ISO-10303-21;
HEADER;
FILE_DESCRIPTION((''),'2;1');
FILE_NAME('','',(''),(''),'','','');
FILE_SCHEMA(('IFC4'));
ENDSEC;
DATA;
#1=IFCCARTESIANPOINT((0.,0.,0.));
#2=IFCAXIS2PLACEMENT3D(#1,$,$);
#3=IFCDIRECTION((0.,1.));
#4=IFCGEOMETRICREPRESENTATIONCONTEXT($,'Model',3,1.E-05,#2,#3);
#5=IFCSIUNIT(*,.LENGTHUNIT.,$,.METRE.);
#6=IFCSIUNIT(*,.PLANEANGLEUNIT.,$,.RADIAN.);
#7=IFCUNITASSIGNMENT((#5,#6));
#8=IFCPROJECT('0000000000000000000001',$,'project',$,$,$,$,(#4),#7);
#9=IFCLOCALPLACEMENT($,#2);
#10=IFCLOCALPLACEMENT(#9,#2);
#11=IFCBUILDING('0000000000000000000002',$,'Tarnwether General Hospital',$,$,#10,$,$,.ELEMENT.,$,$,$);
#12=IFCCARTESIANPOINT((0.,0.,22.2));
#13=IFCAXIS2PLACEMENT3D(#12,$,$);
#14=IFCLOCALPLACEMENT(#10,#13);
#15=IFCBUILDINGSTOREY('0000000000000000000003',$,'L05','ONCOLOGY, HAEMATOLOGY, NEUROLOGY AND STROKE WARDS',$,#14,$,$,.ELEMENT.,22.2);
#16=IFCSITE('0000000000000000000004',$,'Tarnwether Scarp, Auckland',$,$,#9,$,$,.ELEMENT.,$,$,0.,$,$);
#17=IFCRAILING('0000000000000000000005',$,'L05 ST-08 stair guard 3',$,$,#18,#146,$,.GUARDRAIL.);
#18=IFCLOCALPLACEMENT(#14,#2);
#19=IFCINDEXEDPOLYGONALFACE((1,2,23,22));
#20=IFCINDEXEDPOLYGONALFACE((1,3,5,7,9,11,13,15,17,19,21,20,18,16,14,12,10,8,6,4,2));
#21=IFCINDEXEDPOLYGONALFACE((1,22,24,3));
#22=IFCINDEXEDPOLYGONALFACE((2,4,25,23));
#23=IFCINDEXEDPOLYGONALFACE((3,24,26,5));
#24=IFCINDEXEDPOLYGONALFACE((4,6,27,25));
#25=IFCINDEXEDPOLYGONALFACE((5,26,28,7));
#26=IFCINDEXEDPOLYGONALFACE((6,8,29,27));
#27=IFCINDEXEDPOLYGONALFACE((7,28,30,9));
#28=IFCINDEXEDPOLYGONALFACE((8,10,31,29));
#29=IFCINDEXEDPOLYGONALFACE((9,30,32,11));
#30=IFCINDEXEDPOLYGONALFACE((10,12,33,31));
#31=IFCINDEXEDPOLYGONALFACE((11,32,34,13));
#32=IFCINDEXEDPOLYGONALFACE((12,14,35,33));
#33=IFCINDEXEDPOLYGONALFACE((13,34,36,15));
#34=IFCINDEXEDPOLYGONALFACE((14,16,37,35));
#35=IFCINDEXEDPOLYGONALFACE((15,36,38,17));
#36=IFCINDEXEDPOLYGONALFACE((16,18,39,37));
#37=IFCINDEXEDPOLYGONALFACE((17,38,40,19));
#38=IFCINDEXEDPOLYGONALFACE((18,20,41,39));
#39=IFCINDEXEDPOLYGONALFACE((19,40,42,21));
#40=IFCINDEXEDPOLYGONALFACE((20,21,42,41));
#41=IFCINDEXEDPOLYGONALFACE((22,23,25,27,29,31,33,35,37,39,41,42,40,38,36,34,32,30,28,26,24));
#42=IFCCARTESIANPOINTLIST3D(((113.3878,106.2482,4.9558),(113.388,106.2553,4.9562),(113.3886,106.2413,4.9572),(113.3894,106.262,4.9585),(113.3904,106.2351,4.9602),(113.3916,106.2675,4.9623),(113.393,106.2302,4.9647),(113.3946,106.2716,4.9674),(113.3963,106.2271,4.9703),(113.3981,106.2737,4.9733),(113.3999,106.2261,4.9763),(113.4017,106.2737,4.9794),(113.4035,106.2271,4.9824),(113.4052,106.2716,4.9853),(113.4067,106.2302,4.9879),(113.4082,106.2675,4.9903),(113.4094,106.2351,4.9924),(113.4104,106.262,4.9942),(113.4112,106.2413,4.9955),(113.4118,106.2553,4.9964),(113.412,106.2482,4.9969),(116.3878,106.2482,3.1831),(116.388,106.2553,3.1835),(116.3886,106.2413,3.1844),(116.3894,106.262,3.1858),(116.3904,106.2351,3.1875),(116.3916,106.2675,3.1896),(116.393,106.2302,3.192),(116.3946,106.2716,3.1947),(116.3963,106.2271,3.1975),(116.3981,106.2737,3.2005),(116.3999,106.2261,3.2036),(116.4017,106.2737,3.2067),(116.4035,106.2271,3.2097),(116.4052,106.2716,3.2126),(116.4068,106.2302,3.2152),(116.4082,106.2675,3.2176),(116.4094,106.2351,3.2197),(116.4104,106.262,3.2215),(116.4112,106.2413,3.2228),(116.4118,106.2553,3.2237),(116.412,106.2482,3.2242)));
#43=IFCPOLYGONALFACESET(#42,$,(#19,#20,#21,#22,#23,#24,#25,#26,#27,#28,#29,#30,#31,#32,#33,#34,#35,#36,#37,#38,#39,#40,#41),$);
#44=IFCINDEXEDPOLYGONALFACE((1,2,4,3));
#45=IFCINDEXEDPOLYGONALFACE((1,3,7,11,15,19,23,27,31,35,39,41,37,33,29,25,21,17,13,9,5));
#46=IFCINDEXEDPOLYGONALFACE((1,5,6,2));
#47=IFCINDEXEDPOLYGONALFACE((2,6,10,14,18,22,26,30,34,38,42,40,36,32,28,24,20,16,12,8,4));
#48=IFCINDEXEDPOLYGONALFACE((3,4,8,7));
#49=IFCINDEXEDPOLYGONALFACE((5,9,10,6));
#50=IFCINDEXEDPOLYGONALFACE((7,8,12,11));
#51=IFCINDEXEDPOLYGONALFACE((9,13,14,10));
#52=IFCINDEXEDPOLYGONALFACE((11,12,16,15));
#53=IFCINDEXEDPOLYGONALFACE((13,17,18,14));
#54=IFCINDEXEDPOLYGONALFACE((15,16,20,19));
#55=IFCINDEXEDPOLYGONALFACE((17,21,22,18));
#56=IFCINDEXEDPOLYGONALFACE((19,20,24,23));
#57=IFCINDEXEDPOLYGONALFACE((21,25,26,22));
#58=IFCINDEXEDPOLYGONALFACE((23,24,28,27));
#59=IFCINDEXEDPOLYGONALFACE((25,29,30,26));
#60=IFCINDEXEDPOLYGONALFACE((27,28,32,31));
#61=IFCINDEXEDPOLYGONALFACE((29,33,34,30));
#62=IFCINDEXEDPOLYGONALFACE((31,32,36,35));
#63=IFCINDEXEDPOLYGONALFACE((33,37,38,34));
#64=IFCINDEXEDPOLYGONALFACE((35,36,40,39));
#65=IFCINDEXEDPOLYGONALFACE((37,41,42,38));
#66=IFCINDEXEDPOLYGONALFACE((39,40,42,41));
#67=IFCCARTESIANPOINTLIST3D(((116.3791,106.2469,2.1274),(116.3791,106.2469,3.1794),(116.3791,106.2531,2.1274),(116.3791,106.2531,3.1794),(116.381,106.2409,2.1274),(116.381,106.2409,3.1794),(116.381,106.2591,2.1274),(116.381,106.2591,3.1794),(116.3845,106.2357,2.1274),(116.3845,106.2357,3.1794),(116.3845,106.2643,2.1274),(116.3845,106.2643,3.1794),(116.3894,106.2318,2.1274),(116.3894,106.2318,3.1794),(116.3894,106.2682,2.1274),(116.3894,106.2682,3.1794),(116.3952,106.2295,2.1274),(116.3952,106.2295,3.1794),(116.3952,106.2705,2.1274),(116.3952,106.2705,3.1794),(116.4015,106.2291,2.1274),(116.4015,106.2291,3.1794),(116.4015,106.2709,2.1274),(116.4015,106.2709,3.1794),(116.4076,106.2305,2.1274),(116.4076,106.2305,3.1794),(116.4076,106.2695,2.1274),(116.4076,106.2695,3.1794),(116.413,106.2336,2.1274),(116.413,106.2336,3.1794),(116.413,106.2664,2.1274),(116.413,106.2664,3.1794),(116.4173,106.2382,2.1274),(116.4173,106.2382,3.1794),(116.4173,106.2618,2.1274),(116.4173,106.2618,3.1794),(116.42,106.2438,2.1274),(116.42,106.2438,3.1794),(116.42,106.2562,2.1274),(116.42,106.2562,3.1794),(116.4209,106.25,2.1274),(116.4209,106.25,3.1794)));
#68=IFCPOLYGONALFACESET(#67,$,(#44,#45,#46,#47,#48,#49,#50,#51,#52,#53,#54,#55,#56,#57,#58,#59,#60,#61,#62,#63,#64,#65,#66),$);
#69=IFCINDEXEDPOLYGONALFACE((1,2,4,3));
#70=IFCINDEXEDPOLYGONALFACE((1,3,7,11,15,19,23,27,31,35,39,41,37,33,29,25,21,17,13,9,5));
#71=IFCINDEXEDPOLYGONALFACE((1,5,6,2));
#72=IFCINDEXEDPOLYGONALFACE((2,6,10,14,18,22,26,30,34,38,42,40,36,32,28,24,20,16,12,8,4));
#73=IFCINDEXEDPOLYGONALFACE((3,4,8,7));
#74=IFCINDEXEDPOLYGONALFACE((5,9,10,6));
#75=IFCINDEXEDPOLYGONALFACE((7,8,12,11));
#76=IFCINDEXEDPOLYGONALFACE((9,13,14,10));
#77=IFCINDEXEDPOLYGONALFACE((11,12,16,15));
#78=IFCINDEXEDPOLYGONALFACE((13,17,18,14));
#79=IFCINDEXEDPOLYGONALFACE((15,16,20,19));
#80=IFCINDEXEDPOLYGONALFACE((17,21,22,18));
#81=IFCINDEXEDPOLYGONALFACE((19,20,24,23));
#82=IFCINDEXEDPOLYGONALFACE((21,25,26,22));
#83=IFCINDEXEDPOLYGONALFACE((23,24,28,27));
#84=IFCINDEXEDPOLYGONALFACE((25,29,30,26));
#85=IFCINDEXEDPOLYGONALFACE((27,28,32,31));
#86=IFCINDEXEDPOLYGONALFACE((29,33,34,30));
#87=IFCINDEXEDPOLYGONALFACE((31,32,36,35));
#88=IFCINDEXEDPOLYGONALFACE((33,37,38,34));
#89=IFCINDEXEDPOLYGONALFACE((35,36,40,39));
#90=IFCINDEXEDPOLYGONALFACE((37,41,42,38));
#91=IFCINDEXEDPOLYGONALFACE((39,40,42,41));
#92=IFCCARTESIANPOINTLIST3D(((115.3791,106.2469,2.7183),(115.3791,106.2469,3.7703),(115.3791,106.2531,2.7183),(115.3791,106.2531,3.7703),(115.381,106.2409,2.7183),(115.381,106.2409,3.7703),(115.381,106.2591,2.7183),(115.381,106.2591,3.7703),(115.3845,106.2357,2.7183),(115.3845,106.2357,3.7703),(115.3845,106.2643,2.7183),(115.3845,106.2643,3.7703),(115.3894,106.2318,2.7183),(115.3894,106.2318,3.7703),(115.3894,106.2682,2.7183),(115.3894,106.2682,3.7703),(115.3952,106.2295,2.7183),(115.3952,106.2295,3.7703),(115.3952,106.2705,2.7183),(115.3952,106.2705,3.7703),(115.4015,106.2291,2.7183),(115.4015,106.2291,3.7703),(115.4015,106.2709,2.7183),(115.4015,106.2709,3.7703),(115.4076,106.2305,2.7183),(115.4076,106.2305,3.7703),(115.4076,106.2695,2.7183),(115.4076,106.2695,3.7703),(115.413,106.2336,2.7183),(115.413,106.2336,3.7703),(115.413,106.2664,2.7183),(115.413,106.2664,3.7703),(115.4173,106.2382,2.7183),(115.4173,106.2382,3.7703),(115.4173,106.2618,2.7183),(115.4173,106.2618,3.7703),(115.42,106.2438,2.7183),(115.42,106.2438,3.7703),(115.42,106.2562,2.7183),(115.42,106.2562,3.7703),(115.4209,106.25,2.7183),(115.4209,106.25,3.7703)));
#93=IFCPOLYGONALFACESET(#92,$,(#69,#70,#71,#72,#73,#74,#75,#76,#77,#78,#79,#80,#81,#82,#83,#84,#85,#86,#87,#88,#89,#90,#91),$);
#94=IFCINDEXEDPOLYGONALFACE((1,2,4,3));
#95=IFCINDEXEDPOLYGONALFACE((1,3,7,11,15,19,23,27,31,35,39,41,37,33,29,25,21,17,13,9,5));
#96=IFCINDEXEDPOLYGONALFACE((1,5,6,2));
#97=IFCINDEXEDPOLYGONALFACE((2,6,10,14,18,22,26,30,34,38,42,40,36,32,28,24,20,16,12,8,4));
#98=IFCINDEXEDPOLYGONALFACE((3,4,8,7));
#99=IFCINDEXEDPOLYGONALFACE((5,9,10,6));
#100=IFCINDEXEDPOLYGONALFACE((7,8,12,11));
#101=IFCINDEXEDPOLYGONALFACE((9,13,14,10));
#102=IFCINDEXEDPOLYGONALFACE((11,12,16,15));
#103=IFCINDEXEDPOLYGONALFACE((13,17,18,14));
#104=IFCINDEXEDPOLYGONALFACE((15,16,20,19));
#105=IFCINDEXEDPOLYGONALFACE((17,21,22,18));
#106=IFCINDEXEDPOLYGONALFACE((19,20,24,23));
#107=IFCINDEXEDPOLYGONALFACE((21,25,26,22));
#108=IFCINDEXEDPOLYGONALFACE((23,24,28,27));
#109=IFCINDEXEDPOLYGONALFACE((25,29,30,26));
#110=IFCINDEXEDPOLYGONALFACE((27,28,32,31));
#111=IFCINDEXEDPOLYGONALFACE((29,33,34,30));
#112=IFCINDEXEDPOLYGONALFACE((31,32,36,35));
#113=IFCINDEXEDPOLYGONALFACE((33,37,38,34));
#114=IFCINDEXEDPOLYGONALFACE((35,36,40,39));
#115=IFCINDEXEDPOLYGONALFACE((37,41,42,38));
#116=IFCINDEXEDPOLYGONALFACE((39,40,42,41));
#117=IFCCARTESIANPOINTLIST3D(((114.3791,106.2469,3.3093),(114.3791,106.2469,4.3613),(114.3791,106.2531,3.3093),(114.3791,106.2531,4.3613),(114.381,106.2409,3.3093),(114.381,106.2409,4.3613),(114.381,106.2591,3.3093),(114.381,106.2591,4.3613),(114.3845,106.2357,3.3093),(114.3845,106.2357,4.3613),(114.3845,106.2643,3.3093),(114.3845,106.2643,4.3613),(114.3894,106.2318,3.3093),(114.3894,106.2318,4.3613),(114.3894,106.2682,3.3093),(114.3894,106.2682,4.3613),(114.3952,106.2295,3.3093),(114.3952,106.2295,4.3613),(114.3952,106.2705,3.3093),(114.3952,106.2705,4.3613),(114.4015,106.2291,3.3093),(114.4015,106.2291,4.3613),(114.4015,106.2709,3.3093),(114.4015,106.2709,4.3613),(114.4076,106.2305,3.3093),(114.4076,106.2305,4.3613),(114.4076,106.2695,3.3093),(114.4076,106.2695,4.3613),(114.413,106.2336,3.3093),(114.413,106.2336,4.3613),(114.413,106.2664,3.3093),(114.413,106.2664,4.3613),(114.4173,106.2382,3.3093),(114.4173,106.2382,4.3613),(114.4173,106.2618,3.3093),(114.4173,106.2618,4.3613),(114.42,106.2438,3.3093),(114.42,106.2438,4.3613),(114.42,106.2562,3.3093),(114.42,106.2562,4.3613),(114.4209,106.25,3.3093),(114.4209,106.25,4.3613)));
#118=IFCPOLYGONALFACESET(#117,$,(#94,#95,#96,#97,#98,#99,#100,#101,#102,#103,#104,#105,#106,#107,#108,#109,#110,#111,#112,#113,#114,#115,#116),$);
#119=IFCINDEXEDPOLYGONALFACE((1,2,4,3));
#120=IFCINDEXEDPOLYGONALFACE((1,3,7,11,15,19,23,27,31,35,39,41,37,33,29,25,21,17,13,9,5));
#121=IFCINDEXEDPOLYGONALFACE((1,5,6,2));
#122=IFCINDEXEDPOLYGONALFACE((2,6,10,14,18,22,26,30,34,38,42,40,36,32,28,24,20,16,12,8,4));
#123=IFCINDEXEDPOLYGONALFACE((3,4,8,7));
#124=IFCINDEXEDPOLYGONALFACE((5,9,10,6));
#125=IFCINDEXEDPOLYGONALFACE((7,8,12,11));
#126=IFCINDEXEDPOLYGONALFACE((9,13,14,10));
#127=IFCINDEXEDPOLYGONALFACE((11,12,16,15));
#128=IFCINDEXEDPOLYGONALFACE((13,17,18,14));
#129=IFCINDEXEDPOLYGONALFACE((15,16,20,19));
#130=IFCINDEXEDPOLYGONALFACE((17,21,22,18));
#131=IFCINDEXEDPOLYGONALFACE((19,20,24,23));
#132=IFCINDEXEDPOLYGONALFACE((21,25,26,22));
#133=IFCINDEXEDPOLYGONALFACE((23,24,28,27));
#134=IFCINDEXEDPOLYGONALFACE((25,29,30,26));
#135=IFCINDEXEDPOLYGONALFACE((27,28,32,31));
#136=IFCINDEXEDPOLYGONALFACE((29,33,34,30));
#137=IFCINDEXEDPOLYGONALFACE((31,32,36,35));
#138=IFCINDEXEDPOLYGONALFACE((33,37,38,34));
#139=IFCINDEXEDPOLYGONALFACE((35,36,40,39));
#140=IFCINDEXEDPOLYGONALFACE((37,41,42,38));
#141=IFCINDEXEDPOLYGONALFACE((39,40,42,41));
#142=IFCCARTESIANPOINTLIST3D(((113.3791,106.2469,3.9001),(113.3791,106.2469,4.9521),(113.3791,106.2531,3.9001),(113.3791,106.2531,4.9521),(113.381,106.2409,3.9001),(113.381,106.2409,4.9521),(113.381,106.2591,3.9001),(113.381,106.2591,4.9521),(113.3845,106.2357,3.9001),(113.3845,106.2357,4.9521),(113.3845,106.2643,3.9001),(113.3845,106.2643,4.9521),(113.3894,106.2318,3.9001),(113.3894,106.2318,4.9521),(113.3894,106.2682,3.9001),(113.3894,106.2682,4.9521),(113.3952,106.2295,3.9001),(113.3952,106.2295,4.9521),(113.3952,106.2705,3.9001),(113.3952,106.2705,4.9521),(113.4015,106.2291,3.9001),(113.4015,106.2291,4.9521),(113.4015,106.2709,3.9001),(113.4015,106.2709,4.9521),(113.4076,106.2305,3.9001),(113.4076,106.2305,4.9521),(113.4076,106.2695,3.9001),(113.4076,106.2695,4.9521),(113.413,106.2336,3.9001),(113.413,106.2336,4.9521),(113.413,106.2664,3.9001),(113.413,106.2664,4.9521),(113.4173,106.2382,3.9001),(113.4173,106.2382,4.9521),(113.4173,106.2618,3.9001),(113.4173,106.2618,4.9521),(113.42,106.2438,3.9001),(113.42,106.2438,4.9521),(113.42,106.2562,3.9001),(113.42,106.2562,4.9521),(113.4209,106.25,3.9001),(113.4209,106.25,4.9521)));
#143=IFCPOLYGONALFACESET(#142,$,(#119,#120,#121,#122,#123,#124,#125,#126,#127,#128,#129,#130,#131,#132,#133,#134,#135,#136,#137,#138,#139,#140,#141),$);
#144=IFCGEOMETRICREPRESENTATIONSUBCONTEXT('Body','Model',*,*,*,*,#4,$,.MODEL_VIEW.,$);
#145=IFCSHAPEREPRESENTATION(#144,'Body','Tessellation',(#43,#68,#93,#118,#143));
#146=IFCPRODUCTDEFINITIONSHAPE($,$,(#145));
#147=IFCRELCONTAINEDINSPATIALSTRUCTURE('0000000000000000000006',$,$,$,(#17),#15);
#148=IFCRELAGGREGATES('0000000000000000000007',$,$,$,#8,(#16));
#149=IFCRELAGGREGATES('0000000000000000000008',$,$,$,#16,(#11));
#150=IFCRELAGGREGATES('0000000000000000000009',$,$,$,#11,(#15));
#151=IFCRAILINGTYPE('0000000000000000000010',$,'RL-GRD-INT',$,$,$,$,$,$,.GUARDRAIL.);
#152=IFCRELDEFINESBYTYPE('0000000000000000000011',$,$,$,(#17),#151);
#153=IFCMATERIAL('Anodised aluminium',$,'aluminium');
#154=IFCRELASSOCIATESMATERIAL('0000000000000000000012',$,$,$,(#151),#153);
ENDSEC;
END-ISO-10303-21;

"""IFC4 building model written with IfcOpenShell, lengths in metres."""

from ifc_helpers import new_model, si_unit, direction, frame, origin, origin_2d, place, context, subcontext, project, spatial, circle, extrude, material, type_object, element, save


model = new_model("IFC4")

# Units and contexts
model_context = context("Model", 3, precision=1e-05, world=origin(), true_north=direction((0.0, 1.0)))
body_context = subcontext(model_context, "Body", "Model", "MODEL_VIEW")
ifc_project = project(units=[si_unit("LENGTHUNIT", "METRE"), si_unit("PLANEANGLEUNIT", "RADIAN")], contexts=[model_context])

# Site, building, storey
site_placement = place(None, origin())
site = spatial("IfcSite", under=ifc_project, at=site_placement, Name="Tarnwether Scarp, Auckland", CompositionType="ELEMENT", RefElevation=0.0)
building_placement = place(site_placement, origin())
building = spatial("IfcBuilding", under=site, at=building_placement, Name="Tarnwether General Hospital", CompositionType="ELEMENT")
storey_placement = place(building_placement, frame((0.0, 0.0, 22.2)))
storey = spatial("IfcBuildingStorey", under=building, at=storey_placement, Name="L05", Description="ONCOLOGY, HAEMATOLOGY, NEUROLOGY AND STROKE WARDS", CompositionType="ELEMENT", Elevation=22.2)

# Railing
ifc_material_1 = material(Name="Anodised aluminium", Category="aluminium")
railing_type_1 = type_object("IfcRailingType", Name="RL-GRD-INT", PredefinedType="GUARDRAIL", material=ifc_material_1)
railing_1_placement = place(storey_placement, frame((116.3999, 106.25, 2.1274)))
element("IfcRailing", 1, at=railing_1_placement, inside=storey, type_object=railing_type_1, Name="L05 ST-08 stair guard 3", PredefinedType="GUARDRAIL", context=body_context, shape_type="SweptSolid", body=[
    extrude(circle(Radius=0.0239, at=origin_2d()), frame((0.0, 0.0, 1.0762), z_axis=(-0.860929, 0.0, 0.508725), x_axis=(0.0, -1.0, 0.0)), (0.0, 0.0, 1.0), 3.4846),
    extrude(circle(Radius=0.021, at=origin_2d()), origin(), (0.0, 0.0, 1.0), 1.052),
    extrude(circle(Radius=0.021, at=origin_2d()), frame((-1.0, 0.0, 0.5908)), (0.0, 0.0, 1.0), 1.052),
    extrude(circle(Radius=0.021, at=origin_2d()), frame((-2.0, 0.0, 1.1819)), (0.0, 0.0, 1.0), 1.052),
    extrude(circle(Radius=0.021, at=origin_2d()), frame((-3.0, 0.0, 1.7727)), (0.0, 0.0, 1.0), 1.052),
])

save(model, "model.ifc")
